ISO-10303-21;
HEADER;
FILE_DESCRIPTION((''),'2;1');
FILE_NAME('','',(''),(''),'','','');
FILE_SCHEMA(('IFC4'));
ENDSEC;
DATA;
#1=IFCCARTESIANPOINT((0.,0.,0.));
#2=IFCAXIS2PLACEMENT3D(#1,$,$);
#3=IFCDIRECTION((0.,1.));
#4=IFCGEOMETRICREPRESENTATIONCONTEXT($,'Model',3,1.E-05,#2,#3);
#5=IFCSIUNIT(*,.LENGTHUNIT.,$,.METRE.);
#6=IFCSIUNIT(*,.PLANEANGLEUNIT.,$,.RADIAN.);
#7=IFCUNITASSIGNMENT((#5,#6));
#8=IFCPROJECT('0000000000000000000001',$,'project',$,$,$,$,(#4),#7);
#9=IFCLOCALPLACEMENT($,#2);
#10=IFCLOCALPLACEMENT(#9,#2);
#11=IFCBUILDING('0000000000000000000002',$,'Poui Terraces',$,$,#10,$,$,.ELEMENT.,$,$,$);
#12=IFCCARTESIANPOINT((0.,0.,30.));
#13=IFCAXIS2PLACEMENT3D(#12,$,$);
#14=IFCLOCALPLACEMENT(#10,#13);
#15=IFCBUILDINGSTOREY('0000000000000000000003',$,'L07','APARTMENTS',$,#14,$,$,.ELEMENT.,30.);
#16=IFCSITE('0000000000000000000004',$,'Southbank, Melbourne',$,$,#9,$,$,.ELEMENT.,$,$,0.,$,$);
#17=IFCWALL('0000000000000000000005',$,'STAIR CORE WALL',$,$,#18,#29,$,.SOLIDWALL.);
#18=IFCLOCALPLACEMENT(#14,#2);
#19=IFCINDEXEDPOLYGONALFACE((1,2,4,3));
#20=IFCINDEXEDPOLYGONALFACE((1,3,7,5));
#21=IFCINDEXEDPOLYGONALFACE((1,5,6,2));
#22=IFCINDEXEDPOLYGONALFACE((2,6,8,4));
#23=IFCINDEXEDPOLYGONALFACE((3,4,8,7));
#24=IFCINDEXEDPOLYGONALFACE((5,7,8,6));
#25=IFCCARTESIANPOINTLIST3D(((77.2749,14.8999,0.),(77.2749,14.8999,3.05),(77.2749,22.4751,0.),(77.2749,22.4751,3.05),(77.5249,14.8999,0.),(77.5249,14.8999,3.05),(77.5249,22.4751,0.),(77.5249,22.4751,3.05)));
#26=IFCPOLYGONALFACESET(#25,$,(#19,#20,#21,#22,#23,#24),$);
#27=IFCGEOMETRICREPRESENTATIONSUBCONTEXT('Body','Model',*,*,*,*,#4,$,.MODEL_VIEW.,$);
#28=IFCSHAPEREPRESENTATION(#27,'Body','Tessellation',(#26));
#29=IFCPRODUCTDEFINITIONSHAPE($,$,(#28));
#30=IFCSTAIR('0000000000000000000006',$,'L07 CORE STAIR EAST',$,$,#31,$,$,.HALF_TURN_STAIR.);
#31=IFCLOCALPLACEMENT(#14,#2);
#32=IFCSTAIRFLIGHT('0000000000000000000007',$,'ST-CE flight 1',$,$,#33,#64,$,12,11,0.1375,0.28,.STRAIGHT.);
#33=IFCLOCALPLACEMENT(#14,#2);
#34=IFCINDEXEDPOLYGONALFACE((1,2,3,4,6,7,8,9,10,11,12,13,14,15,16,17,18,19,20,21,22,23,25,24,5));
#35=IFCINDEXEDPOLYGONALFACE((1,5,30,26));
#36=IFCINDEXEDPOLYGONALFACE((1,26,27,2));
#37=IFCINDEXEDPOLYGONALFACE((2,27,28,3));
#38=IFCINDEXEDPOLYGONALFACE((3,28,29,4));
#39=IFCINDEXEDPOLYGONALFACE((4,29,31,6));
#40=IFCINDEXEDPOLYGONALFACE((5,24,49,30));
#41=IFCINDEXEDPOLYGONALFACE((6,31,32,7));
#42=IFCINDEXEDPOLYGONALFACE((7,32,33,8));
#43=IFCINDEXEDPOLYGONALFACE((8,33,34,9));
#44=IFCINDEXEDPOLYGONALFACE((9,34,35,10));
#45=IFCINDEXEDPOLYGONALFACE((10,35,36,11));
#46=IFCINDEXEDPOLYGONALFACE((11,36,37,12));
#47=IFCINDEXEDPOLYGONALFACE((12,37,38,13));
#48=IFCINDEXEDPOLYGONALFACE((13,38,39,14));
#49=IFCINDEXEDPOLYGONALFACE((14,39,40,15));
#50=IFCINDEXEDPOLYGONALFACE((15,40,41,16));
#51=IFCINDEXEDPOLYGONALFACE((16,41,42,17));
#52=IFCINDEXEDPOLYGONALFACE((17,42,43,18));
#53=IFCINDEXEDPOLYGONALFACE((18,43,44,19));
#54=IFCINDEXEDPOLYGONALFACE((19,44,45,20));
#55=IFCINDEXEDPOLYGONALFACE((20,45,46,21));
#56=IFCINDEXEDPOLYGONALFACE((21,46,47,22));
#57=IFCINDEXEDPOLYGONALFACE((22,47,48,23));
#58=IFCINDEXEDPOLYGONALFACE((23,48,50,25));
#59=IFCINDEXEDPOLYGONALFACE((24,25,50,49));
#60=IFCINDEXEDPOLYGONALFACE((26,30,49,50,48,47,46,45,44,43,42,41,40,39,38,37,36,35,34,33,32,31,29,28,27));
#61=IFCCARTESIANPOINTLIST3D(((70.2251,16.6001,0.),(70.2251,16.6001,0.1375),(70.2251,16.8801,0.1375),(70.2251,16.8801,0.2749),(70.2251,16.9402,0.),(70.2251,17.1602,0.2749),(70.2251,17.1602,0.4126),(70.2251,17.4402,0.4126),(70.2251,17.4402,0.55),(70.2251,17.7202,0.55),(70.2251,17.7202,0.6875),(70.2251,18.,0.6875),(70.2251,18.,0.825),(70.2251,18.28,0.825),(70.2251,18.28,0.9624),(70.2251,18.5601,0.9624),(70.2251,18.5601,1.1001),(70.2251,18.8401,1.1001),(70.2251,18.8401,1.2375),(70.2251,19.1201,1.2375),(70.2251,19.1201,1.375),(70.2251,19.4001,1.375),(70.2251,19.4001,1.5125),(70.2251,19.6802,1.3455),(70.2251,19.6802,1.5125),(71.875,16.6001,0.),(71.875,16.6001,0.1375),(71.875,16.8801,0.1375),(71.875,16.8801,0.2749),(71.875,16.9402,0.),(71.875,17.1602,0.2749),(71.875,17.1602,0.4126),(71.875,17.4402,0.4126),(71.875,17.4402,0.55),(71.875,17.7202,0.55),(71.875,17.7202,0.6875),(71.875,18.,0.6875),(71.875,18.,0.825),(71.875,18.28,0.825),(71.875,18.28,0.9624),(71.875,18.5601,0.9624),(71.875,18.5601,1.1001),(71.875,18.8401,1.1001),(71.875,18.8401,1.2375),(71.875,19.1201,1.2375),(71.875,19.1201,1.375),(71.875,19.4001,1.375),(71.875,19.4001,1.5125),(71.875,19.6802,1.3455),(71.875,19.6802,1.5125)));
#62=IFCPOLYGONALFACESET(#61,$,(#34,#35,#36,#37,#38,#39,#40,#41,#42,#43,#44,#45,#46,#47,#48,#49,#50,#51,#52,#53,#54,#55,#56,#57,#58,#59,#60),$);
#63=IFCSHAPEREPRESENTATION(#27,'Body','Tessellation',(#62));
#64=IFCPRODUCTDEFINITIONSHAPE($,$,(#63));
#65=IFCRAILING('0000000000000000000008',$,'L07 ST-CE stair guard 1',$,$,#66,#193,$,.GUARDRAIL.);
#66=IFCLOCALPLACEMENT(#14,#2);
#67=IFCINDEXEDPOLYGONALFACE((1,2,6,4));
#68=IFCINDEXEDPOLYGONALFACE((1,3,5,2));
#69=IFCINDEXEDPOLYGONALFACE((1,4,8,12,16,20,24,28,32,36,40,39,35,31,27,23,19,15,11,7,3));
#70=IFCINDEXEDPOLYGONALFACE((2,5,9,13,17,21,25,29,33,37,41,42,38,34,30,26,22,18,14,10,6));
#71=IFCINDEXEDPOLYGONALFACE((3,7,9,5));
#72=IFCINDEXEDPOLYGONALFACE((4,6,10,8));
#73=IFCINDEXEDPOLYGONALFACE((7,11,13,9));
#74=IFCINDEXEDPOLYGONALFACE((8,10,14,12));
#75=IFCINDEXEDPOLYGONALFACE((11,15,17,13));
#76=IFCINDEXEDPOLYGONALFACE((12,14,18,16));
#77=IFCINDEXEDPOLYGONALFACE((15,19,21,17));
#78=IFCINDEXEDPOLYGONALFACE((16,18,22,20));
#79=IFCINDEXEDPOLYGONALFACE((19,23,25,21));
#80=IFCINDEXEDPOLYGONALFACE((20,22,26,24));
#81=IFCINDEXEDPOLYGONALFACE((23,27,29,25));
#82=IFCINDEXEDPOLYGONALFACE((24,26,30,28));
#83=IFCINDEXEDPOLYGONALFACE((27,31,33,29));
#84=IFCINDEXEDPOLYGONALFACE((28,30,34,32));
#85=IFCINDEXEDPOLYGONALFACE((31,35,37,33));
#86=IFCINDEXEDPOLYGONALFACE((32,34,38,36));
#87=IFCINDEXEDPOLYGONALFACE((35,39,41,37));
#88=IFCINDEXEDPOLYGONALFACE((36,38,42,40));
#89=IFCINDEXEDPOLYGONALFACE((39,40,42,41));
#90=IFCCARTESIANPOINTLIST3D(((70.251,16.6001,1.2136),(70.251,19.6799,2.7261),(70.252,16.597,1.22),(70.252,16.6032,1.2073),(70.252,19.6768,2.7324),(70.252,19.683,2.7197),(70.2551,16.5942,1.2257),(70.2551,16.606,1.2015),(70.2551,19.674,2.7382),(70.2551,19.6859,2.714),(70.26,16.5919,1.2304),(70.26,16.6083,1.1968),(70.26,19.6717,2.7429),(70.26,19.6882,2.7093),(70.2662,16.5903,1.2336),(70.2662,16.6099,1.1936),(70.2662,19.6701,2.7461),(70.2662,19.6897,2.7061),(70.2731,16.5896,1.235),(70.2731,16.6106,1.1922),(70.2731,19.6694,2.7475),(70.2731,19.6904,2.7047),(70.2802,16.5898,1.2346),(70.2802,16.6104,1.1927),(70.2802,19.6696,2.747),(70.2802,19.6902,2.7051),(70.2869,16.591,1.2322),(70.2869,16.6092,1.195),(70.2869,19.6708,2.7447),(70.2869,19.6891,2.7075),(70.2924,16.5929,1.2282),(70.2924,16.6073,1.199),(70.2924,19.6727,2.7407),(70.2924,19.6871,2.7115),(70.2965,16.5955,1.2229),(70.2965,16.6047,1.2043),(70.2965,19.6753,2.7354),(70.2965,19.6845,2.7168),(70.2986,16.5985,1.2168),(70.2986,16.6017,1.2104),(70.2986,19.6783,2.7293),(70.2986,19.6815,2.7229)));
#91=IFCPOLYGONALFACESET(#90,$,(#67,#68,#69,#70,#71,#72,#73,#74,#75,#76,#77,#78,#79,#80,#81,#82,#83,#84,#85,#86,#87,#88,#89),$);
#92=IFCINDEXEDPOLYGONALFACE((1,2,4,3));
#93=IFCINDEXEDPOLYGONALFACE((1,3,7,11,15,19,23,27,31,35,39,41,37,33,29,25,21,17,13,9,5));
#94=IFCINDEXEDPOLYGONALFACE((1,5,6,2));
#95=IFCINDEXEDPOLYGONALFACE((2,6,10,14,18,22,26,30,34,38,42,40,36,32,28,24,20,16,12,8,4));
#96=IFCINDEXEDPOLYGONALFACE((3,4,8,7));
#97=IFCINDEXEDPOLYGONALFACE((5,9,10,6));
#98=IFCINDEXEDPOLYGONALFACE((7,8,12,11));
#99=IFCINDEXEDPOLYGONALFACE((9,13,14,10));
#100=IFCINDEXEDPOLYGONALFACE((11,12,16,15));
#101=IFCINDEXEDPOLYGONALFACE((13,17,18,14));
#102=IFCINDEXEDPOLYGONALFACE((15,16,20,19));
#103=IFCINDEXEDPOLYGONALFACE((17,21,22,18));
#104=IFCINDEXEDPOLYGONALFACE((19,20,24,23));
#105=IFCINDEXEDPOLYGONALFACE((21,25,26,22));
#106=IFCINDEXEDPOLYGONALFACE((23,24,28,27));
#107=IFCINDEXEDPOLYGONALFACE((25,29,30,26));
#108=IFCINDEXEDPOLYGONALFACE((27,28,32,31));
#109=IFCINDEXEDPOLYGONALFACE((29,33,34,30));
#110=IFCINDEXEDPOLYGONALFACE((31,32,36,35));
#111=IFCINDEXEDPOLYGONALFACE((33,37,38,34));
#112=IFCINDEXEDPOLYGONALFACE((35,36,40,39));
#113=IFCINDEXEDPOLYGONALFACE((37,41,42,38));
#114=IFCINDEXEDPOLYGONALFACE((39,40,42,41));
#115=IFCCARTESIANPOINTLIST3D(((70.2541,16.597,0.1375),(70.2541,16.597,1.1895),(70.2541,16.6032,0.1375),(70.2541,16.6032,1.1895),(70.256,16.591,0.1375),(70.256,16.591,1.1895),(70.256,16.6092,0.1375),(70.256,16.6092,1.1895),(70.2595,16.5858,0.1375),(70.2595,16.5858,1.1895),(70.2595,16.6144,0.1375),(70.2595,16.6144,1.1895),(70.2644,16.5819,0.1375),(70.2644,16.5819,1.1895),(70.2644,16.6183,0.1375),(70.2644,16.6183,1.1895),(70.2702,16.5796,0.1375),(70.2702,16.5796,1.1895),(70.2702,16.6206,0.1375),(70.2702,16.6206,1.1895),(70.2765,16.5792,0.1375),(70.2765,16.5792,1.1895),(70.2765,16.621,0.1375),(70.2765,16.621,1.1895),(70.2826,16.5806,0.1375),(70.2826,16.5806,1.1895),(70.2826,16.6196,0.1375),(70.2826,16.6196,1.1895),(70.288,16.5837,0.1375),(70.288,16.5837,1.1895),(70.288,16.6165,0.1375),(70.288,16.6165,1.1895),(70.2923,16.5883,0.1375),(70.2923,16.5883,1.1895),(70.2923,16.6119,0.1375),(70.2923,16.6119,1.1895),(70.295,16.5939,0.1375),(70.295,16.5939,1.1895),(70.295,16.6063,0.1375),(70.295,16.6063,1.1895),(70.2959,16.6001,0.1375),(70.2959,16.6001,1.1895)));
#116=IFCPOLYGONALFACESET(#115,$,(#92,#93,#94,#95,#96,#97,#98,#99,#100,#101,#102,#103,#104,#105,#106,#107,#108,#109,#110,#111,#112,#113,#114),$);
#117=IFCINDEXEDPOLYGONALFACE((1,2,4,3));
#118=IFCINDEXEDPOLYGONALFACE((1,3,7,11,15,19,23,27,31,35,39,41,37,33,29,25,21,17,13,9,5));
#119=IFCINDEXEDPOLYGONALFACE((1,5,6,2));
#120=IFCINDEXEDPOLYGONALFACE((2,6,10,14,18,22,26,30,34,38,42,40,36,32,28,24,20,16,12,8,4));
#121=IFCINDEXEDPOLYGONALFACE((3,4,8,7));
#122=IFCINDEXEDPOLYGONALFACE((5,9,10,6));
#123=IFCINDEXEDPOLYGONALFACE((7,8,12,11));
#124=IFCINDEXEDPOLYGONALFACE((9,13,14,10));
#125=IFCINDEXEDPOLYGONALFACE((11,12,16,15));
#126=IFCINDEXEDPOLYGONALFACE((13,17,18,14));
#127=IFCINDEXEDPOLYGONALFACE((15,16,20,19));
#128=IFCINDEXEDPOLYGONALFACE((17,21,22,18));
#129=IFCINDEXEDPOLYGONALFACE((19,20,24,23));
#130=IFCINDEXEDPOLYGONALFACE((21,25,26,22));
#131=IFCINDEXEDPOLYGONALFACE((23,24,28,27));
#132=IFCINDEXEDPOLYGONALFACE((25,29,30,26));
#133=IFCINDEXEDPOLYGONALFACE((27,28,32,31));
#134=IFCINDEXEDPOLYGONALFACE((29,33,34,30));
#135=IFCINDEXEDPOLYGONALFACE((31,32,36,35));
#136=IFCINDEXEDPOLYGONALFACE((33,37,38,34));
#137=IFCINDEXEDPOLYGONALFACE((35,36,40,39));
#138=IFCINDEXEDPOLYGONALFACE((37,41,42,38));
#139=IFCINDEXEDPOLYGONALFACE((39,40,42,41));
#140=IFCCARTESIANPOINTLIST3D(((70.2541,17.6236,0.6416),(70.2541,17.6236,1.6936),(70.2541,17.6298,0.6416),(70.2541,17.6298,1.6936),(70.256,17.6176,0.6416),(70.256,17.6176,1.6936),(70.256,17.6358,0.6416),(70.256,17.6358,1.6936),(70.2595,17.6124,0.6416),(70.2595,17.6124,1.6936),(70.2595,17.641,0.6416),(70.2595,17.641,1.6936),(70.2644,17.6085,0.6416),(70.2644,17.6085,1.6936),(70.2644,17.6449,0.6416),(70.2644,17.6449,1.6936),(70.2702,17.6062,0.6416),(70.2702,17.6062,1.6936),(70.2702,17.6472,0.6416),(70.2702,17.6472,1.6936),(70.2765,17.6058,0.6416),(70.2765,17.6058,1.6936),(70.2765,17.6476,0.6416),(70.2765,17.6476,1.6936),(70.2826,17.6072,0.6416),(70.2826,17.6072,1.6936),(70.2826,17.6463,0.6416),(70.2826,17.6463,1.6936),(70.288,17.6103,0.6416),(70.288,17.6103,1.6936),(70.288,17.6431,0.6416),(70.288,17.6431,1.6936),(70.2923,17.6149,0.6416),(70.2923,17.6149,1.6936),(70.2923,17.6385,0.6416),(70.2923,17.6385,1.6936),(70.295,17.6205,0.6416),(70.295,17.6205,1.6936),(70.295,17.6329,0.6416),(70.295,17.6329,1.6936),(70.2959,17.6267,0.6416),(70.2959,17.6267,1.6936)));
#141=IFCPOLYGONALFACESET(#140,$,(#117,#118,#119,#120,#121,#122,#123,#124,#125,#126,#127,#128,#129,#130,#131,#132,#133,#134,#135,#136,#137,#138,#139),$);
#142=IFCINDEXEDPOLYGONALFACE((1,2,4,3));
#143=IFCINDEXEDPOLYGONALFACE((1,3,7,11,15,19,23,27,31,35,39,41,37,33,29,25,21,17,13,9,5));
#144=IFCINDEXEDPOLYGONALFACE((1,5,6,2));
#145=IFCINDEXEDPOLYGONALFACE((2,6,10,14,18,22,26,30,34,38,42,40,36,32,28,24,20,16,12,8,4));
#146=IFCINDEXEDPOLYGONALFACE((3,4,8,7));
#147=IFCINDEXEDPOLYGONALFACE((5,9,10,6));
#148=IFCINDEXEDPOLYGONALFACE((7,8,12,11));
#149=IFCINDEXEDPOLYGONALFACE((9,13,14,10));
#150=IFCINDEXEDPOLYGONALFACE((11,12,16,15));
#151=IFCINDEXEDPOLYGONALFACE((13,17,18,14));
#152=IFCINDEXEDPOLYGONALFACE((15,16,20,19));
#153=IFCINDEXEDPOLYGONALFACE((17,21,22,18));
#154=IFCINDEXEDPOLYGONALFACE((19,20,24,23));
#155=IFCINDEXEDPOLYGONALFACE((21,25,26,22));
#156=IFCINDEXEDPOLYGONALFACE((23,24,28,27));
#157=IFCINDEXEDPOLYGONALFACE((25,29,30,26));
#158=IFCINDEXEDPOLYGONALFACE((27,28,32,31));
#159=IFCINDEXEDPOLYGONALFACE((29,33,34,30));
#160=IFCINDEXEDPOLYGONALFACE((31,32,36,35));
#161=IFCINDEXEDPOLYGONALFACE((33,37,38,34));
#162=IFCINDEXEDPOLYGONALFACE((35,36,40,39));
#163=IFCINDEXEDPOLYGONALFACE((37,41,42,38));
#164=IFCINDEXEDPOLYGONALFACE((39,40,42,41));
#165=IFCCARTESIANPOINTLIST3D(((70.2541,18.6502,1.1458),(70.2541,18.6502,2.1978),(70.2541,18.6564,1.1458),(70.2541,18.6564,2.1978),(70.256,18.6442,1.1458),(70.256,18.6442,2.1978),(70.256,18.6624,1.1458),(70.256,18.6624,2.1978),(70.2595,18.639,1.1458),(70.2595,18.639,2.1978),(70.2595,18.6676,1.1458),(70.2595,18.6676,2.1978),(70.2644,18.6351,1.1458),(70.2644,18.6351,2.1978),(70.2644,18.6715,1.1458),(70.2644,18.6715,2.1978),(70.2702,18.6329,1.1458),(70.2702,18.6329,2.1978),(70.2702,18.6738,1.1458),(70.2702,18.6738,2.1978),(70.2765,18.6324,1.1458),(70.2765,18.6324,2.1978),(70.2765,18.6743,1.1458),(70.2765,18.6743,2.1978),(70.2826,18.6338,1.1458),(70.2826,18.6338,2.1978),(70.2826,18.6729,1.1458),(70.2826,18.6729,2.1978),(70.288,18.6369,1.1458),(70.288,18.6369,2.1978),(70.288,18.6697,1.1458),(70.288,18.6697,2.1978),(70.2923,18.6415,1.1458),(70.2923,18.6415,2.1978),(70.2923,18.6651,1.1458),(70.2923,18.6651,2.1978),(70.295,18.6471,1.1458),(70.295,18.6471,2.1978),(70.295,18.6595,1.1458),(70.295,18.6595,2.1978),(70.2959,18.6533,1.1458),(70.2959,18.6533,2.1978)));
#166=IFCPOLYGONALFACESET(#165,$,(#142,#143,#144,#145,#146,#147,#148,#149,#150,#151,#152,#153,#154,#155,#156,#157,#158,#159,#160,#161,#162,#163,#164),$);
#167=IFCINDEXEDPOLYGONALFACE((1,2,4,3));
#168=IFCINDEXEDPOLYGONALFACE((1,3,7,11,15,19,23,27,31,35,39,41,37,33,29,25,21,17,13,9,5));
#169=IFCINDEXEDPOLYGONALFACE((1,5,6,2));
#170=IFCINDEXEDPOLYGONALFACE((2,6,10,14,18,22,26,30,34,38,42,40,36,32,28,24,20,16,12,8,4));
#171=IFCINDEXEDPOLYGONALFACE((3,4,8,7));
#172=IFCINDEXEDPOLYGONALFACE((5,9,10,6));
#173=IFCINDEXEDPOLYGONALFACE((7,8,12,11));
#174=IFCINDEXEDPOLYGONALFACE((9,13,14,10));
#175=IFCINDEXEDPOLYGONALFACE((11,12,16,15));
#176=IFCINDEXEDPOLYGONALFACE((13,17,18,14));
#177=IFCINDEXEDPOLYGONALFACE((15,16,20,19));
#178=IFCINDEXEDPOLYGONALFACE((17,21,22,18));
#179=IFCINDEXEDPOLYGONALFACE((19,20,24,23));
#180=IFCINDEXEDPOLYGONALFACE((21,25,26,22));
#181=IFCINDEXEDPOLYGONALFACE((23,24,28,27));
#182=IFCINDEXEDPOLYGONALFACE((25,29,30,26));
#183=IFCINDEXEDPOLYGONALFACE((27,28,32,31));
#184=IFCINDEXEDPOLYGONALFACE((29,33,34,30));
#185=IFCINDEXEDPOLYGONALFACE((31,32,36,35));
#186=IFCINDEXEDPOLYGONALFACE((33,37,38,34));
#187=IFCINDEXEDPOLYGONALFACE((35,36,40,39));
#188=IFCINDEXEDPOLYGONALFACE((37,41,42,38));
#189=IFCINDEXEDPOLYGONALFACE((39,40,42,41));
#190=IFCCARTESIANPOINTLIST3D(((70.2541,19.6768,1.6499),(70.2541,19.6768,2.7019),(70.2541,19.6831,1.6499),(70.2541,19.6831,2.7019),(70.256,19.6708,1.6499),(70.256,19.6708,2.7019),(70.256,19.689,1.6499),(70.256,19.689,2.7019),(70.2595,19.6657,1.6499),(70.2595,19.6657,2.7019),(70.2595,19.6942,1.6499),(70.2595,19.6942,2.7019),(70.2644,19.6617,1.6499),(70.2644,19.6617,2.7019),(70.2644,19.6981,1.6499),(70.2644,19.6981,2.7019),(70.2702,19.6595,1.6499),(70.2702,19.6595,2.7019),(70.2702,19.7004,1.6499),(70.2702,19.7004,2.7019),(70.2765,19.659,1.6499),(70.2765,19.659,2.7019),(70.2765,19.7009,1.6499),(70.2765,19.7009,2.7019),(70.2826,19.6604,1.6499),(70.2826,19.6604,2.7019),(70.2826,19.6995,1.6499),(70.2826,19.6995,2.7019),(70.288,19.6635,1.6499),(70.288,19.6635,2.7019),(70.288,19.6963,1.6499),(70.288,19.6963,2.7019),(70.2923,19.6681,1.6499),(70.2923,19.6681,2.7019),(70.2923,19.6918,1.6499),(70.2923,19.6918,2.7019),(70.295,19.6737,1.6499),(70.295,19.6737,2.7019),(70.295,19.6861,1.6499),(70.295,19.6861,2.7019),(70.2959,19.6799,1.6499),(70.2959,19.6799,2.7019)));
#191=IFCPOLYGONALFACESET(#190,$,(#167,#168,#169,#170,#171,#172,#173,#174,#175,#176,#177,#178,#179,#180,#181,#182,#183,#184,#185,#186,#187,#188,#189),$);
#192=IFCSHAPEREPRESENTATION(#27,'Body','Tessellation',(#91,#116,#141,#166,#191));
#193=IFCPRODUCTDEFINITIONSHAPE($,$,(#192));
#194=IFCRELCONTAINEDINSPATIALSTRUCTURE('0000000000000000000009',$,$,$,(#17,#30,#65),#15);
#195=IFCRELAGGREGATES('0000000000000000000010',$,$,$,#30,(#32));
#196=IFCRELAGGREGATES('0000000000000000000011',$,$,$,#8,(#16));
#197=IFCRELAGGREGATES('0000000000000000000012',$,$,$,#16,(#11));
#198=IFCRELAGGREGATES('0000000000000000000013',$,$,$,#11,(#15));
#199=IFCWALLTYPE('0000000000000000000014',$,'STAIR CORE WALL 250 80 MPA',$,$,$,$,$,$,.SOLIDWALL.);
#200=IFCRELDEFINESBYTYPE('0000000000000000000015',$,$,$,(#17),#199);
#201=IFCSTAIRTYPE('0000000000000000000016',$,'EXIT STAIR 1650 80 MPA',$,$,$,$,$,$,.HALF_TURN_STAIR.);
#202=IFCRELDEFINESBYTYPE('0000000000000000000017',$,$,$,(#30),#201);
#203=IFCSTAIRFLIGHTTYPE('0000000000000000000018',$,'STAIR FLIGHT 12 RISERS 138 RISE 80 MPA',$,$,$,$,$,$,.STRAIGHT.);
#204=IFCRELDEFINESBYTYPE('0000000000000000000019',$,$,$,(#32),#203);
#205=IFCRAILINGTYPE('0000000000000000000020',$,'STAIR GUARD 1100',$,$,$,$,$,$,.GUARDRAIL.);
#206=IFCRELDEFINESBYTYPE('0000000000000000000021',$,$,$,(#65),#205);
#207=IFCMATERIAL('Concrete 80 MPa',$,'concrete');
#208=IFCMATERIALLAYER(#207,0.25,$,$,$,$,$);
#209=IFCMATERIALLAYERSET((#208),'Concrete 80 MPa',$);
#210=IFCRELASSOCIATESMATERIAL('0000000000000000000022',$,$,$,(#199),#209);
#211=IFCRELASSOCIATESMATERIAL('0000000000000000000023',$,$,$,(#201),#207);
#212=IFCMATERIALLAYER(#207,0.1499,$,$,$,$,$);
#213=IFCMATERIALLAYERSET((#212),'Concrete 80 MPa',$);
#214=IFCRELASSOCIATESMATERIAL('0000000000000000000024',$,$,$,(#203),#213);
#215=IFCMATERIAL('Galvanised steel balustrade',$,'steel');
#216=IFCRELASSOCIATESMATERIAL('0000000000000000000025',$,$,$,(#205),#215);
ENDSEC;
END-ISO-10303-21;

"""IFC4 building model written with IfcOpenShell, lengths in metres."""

from ifc_helpers import new_model, si_unit, direction, frame, frame_2d, origin, origin_2d, place, context, subcontext, project, spatial, polyline, rectangle, circle, outline, extrude, material, layer, layer_set, type_object, element, aggregate, save


model = new_model("IFC4")

# Units and contexts
model_context = context("Model", 3, precision=1e-05, world=origin(), true_north=direction((0.0, 1.0)))
body_context = subcontext(model_context, "Body", "Model", "MODEL_VIEW")
ifc_project = project(units=[si_unit("LENGTHUNIT", "METRE"), si_unit("PLANEANGLEUNIT", "RADIAN")], contexts=[model_context])

# Site, building, storey
site_placement = place(None, origin())
site = spatial("IfcSite", under=ifc_project, at=site_placement, Name="Southbank, Melbourne", CompositionType="ELEMENT", RefElevation=0.0)
building_placement = place(site_placement, origin())
building = spatial("IfcBuilding", under=site, at=building_placement, Name="Poui Terraces", CompositionType="ELEMENT")
storey_placement = place(building_placement, frame((0.0, 0.0, 30.0)))
storey = spatial("IfcBuildingStorey", under=building, at=storey_placement, Name="L07", Description="APARTMENTS", CompositionType="ELEMENT", Elevation=30.0)

# Shared definitions
ifc_material_1 = material(Name="Concrete 80 MPa", Category="concrete")

# Wall
ifc_layer_1 = layer(ifc_material_1, 0.25)
ifc_layer_set_1 = layer_set([ifc_layer_1], Name="Concrete 80 MPa")
wall_type_1 = type_object("IfcWallType", Name="STAIR CORE WALL 250 80 MPA", PredefinedType="SOLIDWALL", material=ifc_layer_set_1)
for number, where, z_axis, x_axis, name in (
    (1, (77.3999, 14.8999, 0.0), (0.0, 0.0, 1.0), (0.0, 1.0, 0.0), "STAIR CORE WALL"),
):
    element("IfcWall", number, at=place(storey_placement, frame(where, z_axis=z_axis, x_axis=x_axis)), inside=storey, type_object=wall_type_1, Name=name, PredefinedType="SOLIDWALL", context=body_context, shape_type="SweptSolid", body=[
        extrude(rectangle(XDim=7.5752, YDim=0.25, at=frame_2d((3.7876, 0.0))), origin(), (0.0, 0.0, 1.0), 3.05),
    ])

# Stair, stair flight
stair_type = type_object("IfcStairType", Name="EXIT STAIR 1650 80 MPA", PredefinedType="HALF_TURN_STAIR", material=ifc_material_1)
stair_placement = place(storey_placement, origin())
stair = element("IfcStair", 2, at=stair_placement, inside=storey, type_object=stair_type, Name="L07 CORE STAIR EAST", PredefinedType="HALF_TURN_STAIR")
ifc_layer_2 = layer(ifc_material_1, 0.1499)
ifc_layer_set_2 = layer_set([ifc_layer_2], Name="Concrete 80 MPa")
stair_flight_type = type_object("IfcStairFlightType", Name="STAIR FLIGHT 12 RISERS 138 RISE 80 MPA", PredefinedType="STRAIGHT", material=ifc_layer_set_2)
stair_flight_placement = place(storey_placement, frame((71.05, 16.6001, 0.0), z_axis=(0.0, 0.0, 1.0), x_axis=(0.0, 1.0, 0.0)))
stair_flight = element("IfcStairFlight", 3, at=stair_flight_placement, type_object=stair_flight_type, Name="ST-CE flight 1", NumberOfRisers=12, NumberOfTreads=11, PredefinedType="STRAIGHT", RiserHeight=0.1375, TreadLength=0.28, context=body_context, shape_type="SweptSolid", body=[
    extrude(outline(polyline([(0.0, 0.0), (0.0, 0.1375), (0.28, 0.1375), (0.28, 0.2749), (0.5601, 0.2749), (0.5601, 0.4126), (0.8401, 0.4126), (0.8401, 0.55), (1.1201, 0.55), (1.1201, 0.6875), (1.3999, 0.6875), (1.3999, 0.825), (1.6799, 0.825), (1.6799, 0.9624), (1.96, 0.9624), (1.96, 1.1001), (2.24, 1.1001), (2.24, 1.2375), (2.52, 1.2375), (2.52, 1.375), (2.8, 1.375), (2.8, 1.5125), (3.0801, 1.5125), (3.0801, 1.6499), (3.0801, 1.3455), (0.3401, 0.0), (0.0, 0.0)])), frame((0.0, 0.825, 0.0), z_axis=(0.0, -1.0, 0.0), x_axis=(1.0, 0.0, 0.0)), (0.0, 0.0, 1.0), 1.6499),
])
aggregate(stair, [stair_flight])

# Railing
ifc_material_2 = material(Name="Galvanised steel balustrade", Category="steel")
railing_type_1 = type_object("IfcRailingType", Name="STAIR GUARD 1100", PredefinedType="GUARDRAIL", material=ifc_material_2)
railing_1_placement = place(storey_placement, frame((70.2749, 16.6001, 0.1375)))
element("IfcRailing", 4, at=railing_1_placement, inside=storey, type_object=railing_type_1, Name="L07 ST-CE stair guard 1", PredefinedType="GUARDRAIL", context=body_context, shape_type="SweptSolid", body=[
    extrude(circle(Radius=0.0239, at=origin_2d()), frame((0.0, 0.0, 1.0762), z_axis=(0.0, 0.897606, 0.440798), x_axis=(-1.0, 0.0, 0.0)), (0.0, 0.0, 1.0), 3.4312),
    extrude(circle(Radius=0.021, at=origin_2d()), origin(), (0.0, 0.0, 1.0), 1.052),
    extrude(circle(Radius=0.021, at=origin_2d()), frame((0.0, 1.0266, 0.5042)), (0.0, 0.0, 1.0), 1.052),
    extrude(circle(Radius=0.021, at=origin_2d()), frame((0.0, 2.0532, 1.0083)), (0.0, 0.0, 1.0), 1.052),
    extrude(circle(Radius=0.021, at=origin_2d()), frame((0.0, 3.0798, 1.5125)), (0.0, 0.0, 1.0), 1.052),
])

save(model, "model.ifc")
